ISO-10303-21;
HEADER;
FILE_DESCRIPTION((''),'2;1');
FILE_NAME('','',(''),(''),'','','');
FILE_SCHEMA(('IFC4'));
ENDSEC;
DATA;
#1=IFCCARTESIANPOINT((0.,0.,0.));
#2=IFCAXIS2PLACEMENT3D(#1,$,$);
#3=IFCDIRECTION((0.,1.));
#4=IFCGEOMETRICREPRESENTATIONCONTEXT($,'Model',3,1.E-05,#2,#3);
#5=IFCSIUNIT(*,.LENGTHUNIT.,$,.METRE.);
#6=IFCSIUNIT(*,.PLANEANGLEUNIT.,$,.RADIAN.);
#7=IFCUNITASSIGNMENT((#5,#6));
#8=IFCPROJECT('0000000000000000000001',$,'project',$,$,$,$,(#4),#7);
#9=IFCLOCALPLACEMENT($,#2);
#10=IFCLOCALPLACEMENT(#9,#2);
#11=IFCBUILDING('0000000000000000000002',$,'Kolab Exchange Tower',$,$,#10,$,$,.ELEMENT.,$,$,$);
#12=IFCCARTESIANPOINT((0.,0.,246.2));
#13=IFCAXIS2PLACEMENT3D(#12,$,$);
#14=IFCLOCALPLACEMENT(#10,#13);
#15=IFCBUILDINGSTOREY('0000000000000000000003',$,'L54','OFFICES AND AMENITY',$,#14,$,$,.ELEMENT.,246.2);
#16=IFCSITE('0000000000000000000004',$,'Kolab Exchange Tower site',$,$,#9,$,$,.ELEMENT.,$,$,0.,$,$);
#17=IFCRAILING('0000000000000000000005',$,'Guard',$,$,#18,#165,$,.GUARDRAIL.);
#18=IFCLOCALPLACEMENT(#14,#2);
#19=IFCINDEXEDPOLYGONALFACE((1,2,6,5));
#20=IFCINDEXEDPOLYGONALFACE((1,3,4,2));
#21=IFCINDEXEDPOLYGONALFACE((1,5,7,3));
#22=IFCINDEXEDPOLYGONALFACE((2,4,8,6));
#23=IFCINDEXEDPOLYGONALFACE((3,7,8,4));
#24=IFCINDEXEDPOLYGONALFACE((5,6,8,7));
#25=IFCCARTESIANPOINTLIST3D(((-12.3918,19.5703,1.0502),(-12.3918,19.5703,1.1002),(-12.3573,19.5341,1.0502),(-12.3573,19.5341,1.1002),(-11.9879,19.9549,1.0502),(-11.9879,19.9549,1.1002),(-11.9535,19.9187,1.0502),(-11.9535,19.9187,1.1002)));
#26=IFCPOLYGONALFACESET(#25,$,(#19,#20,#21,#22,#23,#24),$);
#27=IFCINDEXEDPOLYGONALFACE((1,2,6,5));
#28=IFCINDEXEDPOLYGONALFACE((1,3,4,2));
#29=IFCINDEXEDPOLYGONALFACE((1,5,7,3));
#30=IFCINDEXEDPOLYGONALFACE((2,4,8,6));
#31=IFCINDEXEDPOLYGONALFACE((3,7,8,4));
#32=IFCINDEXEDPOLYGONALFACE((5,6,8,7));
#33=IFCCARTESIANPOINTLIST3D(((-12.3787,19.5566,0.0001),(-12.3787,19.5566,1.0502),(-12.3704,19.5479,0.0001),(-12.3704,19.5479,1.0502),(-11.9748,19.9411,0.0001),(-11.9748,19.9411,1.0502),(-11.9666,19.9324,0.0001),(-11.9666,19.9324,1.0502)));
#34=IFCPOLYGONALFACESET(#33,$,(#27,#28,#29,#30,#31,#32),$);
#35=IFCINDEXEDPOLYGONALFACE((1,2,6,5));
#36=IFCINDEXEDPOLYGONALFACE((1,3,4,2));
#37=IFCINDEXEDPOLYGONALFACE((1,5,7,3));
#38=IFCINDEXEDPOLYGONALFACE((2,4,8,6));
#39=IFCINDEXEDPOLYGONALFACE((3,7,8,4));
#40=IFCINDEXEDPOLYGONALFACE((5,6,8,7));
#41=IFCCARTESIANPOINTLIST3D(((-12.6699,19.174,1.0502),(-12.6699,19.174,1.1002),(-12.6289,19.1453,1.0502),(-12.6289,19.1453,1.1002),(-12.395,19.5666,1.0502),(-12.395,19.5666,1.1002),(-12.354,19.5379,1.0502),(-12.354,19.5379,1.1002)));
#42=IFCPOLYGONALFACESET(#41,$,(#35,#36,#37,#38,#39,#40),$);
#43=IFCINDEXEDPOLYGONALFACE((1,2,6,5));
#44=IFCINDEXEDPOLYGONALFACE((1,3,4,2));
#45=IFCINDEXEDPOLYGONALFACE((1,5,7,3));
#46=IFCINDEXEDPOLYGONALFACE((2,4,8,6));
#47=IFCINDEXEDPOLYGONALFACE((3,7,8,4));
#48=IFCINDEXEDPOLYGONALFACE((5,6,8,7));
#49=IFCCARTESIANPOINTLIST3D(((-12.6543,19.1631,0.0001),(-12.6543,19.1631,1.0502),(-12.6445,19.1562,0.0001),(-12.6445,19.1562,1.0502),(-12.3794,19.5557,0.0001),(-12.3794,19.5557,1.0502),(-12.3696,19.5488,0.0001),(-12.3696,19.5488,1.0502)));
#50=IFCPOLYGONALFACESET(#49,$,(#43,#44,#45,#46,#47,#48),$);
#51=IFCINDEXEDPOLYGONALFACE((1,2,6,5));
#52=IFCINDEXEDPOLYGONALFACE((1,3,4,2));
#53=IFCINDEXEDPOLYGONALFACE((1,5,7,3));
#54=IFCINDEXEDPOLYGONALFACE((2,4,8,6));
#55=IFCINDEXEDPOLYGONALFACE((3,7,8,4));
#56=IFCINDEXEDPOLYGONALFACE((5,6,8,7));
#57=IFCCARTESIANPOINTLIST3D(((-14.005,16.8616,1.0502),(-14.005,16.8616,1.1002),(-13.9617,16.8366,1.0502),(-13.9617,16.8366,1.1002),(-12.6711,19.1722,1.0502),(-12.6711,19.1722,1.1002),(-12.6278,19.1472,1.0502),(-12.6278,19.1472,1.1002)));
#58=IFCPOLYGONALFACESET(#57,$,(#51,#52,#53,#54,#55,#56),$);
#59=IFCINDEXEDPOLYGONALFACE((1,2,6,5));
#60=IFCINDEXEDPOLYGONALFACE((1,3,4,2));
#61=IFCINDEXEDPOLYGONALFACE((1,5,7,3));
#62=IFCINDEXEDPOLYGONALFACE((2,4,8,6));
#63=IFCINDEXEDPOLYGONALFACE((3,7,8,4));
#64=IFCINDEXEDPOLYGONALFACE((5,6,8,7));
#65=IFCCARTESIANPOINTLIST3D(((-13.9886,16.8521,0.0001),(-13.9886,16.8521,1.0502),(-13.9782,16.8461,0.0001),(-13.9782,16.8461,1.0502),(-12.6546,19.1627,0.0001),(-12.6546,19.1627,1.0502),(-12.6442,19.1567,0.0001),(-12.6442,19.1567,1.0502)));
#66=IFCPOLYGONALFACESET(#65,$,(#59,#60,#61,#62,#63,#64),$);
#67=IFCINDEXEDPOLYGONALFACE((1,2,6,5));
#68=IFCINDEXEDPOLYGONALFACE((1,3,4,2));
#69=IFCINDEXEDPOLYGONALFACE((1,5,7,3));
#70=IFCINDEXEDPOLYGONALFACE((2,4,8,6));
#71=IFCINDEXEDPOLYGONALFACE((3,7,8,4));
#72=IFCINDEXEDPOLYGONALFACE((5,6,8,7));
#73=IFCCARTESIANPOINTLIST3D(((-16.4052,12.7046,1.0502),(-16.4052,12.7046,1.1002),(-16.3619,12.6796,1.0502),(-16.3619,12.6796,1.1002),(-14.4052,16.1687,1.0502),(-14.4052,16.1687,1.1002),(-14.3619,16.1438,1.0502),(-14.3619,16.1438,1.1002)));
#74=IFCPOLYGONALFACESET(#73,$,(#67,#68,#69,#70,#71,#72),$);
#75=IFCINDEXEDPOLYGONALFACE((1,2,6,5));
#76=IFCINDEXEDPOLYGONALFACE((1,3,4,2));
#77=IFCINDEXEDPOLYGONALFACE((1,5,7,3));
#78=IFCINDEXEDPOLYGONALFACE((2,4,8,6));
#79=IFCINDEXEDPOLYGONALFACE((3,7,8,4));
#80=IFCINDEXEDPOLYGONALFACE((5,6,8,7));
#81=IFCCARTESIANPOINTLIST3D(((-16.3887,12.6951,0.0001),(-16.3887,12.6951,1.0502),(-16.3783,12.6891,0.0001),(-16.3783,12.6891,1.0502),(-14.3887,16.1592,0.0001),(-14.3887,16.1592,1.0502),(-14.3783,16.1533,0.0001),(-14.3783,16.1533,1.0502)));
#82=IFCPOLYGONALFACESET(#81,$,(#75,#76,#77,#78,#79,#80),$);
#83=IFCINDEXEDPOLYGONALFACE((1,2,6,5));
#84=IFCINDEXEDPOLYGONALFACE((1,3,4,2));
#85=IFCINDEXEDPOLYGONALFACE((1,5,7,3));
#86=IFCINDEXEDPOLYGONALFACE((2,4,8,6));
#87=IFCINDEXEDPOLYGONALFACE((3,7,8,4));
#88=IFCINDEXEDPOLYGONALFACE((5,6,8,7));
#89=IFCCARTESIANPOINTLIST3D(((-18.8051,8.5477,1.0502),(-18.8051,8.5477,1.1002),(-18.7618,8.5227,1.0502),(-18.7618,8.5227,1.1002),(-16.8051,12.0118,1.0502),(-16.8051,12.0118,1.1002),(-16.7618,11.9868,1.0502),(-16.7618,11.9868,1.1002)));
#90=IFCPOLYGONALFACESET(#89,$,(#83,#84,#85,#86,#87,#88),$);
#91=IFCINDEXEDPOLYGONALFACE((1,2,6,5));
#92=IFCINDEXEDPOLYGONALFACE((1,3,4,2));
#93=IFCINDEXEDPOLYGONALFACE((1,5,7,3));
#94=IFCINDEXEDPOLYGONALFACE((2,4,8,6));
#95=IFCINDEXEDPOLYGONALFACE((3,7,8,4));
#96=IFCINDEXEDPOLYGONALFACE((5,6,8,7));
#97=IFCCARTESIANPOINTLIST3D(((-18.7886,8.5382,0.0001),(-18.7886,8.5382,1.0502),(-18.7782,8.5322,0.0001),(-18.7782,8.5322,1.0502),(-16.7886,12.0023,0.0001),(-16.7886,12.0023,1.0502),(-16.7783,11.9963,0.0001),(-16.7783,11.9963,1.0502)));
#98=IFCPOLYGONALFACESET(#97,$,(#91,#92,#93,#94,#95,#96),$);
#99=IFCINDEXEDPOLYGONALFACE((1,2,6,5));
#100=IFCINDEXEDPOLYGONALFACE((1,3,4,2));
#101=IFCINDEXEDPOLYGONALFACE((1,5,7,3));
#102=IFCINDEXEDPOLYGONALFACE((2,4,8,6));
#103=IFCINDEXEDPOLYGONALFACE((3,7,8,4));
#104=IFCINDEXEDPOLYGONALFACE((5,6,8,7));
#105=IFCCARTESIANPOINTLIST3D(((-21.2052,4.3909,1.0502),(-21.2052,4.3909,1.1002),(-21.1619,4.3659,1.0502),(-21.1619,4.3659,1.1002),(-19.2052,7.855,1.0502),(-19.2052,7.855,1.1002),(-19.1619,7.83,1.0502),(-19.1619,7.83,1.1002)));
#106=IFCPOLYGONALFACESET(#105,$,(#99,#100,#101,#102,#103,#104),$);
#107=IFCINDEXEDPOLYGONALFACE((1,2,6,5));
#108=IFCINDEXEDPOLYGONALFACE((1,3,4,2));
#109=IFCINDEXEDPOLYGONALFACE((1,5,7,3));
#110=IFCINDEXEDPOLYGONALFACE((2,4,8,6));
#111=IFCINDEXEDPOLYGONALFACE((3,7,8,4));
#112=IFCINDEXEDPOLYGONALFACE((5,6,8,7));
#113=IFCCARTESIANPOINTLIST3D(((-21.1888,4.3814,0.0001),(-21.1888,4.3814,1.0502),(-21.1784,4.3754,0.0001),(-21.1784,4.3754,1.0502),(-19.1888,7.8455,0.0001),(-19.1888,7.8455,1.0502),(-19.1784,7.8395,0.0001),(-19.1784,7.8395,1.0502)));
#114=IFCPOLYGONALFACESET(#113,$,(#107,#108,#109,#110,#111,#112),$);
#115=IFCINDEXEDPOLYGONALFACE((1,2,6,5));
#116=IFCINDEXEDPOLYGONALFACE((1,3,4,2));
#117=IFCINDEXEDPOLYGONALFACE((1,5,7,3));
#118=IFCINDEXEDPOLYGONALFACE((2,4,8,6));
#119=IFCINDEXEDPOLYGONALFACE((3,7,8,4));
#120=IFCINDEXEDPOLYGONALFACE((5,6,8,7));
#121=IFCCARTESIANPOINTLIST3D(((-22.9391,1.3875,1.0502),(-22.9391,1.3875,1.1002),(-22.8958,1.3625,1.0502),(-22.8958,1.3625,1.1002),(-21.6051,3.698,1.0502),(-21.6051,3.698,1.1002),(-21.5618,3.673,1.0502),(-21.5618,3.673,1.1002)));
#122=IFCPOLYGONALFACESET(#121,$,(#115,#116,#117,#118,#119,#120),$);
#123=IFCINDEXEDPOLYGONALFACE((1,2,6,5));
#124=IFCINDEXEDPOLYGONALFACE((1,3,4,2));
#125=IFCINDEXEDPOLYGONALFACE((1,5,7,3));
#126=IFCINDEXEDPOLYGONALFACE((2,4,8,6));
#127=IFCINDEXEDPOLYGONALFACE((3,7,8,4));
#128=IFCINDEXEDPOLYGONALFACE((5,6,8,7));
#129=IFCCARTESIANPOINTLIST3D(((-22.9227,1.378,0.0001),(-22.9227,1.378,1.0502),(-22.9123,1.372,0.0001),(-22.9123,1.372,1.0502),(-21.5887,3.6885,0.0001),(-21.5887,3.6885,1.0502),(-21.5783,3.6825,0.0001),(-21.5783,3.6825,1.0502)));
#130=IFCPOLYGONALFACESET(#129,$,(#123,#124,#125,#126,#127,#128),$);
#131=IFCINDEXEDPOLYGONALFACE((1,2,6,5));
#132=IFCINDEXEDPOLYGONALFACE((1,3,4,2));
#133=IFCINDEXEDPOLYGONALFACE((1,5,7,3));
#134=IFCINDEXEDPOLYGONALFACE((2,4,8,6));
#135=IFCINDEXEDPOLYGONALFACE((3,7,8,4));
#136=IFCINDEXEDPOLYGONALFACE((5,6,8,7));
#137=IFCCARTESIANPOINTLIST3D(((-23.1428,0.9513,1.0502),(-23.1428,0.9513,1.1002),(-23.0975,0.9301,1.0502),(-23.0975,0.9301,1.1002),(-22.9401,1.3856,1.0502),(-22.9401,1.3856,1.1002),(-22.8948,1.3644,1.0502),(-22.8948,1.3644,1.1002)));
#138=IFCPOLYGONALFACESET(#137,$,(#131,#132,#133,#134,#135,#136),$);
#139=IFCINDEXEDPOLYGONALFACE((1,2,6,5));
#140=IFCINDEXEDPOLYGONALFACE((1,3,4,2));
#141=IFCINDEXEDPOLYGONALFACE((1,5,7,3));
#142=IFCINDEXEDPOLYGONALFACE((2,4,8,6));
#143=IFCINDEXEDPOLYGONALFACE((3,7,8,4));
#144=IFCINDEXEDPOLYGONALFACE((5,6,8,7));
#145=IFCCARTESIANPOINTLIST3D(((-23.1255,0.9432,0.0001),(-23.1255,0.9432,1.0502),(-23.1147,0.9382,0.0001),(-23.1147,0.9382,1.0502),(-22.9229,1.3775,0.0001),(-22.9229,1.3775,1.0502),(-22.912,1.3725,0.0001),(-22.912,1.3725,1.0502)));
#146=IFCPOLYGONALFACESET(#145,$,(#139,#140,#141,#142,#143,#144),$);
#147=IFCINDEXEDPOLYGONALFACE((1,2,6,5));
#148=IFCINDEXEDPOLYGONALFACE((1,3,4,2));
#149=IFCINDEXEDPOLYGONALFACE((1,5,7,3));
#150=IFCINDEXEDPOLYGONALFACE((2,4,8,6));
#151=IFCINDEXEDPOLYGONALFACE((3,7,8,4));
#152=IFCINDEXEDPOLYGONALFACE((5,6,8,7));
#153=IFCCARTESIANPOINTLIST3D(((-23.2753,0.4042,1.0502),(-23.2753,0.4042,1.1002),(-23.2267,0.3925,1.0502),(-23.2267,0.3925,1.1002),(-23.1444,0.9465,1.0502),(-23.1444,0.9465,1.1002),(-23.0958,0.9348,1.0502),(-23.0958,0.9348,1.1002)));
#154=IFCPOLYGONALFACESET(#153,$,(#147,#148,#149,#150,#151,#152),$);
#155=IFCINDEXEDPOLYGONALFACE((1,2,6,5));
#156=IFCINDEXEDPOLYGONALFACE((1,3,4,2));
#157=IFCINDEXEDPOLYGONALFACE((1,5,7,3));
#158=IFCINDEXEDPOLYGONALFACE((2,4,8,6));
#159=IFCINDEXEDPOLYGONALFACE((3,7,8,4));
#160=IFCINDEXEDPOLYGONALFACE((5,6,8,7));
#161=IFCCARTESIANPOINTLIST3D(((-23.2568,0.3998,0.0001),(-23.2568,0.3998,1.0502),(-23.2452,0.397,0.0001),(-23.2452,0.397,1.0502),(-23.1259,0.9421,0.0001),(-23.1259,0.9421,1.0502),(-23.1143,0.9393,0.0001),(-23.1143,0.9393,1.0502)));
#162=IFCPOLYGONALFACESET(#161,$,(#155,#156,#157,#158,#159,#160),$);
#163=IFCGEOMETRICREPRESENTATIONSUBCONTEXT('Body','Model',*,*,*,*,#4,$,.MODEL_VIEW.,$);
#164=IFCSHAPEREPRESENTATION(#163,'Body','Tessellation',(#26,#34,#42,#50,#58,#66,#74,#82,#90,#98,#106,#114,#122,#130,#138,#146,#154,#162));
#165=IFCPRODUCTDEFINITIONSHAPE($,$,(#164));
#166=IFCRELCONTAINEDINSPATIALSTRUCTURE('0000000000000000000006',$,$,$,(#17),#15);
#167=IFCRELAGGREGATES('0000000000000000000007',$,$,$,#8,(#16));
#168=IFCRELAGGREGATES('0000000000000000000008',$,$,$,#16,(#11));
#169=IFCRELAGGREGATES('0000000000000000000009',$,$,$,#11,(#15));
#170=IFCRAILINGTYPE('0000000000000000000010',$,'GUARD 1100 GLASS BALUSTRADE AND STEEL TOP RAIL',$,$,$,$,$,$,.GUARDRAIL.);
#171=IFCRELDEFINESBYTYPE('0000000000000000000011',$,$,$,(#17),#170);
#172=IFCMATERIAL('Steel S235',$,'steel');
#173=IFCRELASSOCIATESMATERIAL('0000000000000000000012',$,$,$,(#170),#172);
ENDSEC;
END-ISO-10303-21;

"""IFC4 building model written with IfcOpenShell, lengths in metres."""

from ifc_helpers import new_model, si_unit, direction, frame, frame_2d, origin, origin_2d, place, context, subcontext, project, spatial, rectangle, extrude, material, type_object, element, save


model = new_model("IFC4")

# Units and contexts
model_context = context("Model", 3, precision=1e-05, world=origin(), true_north=direction((0.0, 1.0)))
body_context = subcontext(model_context, "Body", "Model", "MODEL_VIEW")
ifc_project = project(units=[si_unit("LENGTHUNIT", "METRE"), si_unit("PLANEANGLEUNIT", "RADIAN")], contexts=[model_context])

# Site, building, storey
site_placement = place(None, origin())
site = spatial("IfcSite", under=ifc_project, at=site_placement, Name="Kolab Exchange Tower site", CompositionType="ELEMENT", RefElevation=0.0)
building_placement = place(site_placement, origin())
building = spatial("IfcBuilding", under=site, at=building_placement, Name="Kolab Exchange Tower", CompositionType="ELEMENT")
storey_placement = place(building_placement, frame((0.0, 0.0, 246.2)))
storey = spatial("IfcBuildingStorey", under=building, at=storey_placement, Name="L54", Description="OFFICES AND AMENITY", CompositionType="ELEMENT", Elevation=246.2)

# Shared definitions
ifc_material_1 = material(Name="Steel S235", Category="steel")

# Railing
railing_type = type_object("IfcRailingType", Name="GUARD 1100 GLASS BALUSTRADE AND STEEL TOP RAIL", PredefinedType="GUARDRAIL", material=ifc_material_1)
railing_placement = place(storey_placement, frame((-11.9707, 19.9368, 0.0)))
element("IfcRailing", 1, at=railing_placement, inside=storey, type_object=railing_type, Name="Guard", PredefinedType="GUARDRAIL", context=body_context, shape_type="SweptSolid", body=[
    extrude(rectangle(XDim=0.05, YDim=0.05, at=origin_2d()), frame((0.0, 0.0, 1.0752), z_axis=(-0.72419, -0.689601, 0.0), x_axis=(0.689601, -0.72419, 0.0)), (0.0, 0.0, 1.0), 0.5576),
    extrude(rectangle(XDim=0.012, YDim=1.0501, at=frame_2d((0.0, 0.5251))), frame((0.0, 0.0, 0.0), z_axis=(-0.72419, -0.689601, 0.0), x_axis=(0.689601, -0.72419, 0.0)), (0.0, 0.0, 1.0), 0.5576),
    extrude(rectangle(XDim=0.05, YDim=0.05, at=origin_2d()), frame((-0.4038, -0.3845, 1.0752), z_axis=(-0.573599, -0.819136, 0.0), x_axis=(0.819136, -0.573599, 0.0)), (0.0, 0.0, 1.0), 0.4792),
    extrude(rectangle(XDim=0.012, YDim=1.0501, at=frame_2d((0.0, 0.5251))), frame((-0.4038, -0.3845, 0.0), z_axis=(-0.573599, -0.819136, 0.0), x_axis=(0.819136, -0.573599, 0.0)), (0.0, 0.0, 1.0), 0.4792),
    extrude(rectangle(XDim=0.05, YDim=0.05, at=origin_2d()), frame((-0.6787, -0.7771, 1.0752), z_axis=(-0.499997, -0.866027, 0.0), x_axis=(0.866027, -0.499997, 0.0)), (0.0, 0.0, 1.0), 2.668),
    extrude(rectangle(XDim=0.012, YDim=1.0501, at=frame_2d((0.0, 0.5251))), frame((-0.6787, -0.7771, 0.0), z_axis=(-0.499997, -0.866027, 0.0), x_axis=(0.866027, -0.499997, 0.0)), (0.0, 0.0, 1.0), 2.668),
    extrude(rectangle(XDim=0.05, YDim=0.05, at=origin_2d()), frame((-2.4128, -3.7805, 1.0752), z_axis=(-0.499999, -0.866026, 0.0), x_axis=(0.866026, -0.499999, 0.0)), (0.0, 0.0, 1.0), 4.0),
    extrude(rectangle(XDim=0.012, YDim=1.0501, at=frame_2d((0.0, 0.5251))), frame((-2.4128, -3.7805, 0.0), z_axis=(-0.499999, -0.866026, 0.0), x_axis=(0.866026, -0.499999, 0.0)), (0.0, 0.0, 1.0), 4.0),
    extrude(rectangle(XDim=0.05, YDim=0.05, at=origin_2d()), frame((-4.8127, -7.9375, 1.0752), z_axis=(-0.499999, -0.866026, 0.0), x_axis=(0.866026, -0.499999, 0.0)), (0.0, 0.0, 1.0), 4.0),
    extrude(rectangle(XDim=0.012, YDim=1.0501, at=frame_2d((0.0, 0.5251))), frame((-4.8127, -7.9375, 0.0), z_axis=(-0.499999, -0.866026, 0.0), x_axis=(0.866026, -0.499999, 0.0)), (0.0, 0.0, 1.0), 4.0),
    extrude(rectangle(XDim=0.05, YDim=0.05, at=origin_2d()), frame((-7.2129, -12.0942, 1.0752), z_axis=(-0.499999, -0.866026, 0.0), x_axis=(0.866026, -0.499999, 0.0)), (0.0, 0.0, 1.0), 4.0),
    extrude(rectangle(XDim=0.012, YDim=1.0501, at=frame_2d((0.0, 0.5251))), frame((-7.2129, -12.0942, 0.0), z_axis=(-0.499999, -0.866026, 0.0), x_axis=(0.866026, -0.499999, 0.0)), (0.0, 0.0, 1.0), 4.0),
    extrude(rectangle(XDim=0.05, YDim=0.05, at=origin_2d()), frame((-9.6128, -16.2512, 1.0752), z_axis=(-0.499997, -0.866027, 0.0), x_axis=(0.866027, -0.499997, 0.0)), (0.0, 0.0, 1.0), 2.668),
    extrude(rectangle(XDim=0.012, YDim=1.0501, at=frame_2d((0.0, 0.5251))), frame((-9.6128, -16.2512, 0.0), z_axis=(-0.499997, -0.866027, 0.0), x_axis=(0.866027, -0.499997, 0.0)), (0.0, 0.0, 1.0), 2.668),
    extrude(rectangle(XDim=0.05, YDim=0.05, at=origin_2d()), frame((-10.9468, -18.5618, 1.0752), z_axis=(-0.422802, -0.906222, 0.0), x_axis=(0.906222, -0.422802, 0.0)), (0.0, 0.0, 1.0), 0.4792),
    extrude(rectangle(XDim=0.012, YDim=1.0501, at=frame_2d((0.0, 0.5251))), frame((-10.9468, -18.5618, 0.0), z_axis=(-0.422802, -0.906222, 0.0), x_axis=(0.906222, -0.422802, 0.0)), (0.0, 0.0, 1.0), 0.4792),
    extrude(rectangle(XDim=0.05, YDim=0.05, at=origin_2d()), frame((-11.1494, -18.9961, 1.0752), z_axis=(-0.234598, -0.972093, 0.0), x_axis=(0.972093, -0.234598, 0.0)), (0.0, 0.0, 1.0), 0.5579),
    extrude(rectangle(XDim=0.012, YDim=1.0501, at=frame_2d((0.0, 0.5251))), frame((-11.1494, -18.9961, 0.0), z_axis=(-0.234598, -0.972093, 0.0), x_axis=(0.972093, -0.234598, 0.0)), (0.0, 0.0, 1.0), 0.5579),
])

save(model, "model.ifc")
